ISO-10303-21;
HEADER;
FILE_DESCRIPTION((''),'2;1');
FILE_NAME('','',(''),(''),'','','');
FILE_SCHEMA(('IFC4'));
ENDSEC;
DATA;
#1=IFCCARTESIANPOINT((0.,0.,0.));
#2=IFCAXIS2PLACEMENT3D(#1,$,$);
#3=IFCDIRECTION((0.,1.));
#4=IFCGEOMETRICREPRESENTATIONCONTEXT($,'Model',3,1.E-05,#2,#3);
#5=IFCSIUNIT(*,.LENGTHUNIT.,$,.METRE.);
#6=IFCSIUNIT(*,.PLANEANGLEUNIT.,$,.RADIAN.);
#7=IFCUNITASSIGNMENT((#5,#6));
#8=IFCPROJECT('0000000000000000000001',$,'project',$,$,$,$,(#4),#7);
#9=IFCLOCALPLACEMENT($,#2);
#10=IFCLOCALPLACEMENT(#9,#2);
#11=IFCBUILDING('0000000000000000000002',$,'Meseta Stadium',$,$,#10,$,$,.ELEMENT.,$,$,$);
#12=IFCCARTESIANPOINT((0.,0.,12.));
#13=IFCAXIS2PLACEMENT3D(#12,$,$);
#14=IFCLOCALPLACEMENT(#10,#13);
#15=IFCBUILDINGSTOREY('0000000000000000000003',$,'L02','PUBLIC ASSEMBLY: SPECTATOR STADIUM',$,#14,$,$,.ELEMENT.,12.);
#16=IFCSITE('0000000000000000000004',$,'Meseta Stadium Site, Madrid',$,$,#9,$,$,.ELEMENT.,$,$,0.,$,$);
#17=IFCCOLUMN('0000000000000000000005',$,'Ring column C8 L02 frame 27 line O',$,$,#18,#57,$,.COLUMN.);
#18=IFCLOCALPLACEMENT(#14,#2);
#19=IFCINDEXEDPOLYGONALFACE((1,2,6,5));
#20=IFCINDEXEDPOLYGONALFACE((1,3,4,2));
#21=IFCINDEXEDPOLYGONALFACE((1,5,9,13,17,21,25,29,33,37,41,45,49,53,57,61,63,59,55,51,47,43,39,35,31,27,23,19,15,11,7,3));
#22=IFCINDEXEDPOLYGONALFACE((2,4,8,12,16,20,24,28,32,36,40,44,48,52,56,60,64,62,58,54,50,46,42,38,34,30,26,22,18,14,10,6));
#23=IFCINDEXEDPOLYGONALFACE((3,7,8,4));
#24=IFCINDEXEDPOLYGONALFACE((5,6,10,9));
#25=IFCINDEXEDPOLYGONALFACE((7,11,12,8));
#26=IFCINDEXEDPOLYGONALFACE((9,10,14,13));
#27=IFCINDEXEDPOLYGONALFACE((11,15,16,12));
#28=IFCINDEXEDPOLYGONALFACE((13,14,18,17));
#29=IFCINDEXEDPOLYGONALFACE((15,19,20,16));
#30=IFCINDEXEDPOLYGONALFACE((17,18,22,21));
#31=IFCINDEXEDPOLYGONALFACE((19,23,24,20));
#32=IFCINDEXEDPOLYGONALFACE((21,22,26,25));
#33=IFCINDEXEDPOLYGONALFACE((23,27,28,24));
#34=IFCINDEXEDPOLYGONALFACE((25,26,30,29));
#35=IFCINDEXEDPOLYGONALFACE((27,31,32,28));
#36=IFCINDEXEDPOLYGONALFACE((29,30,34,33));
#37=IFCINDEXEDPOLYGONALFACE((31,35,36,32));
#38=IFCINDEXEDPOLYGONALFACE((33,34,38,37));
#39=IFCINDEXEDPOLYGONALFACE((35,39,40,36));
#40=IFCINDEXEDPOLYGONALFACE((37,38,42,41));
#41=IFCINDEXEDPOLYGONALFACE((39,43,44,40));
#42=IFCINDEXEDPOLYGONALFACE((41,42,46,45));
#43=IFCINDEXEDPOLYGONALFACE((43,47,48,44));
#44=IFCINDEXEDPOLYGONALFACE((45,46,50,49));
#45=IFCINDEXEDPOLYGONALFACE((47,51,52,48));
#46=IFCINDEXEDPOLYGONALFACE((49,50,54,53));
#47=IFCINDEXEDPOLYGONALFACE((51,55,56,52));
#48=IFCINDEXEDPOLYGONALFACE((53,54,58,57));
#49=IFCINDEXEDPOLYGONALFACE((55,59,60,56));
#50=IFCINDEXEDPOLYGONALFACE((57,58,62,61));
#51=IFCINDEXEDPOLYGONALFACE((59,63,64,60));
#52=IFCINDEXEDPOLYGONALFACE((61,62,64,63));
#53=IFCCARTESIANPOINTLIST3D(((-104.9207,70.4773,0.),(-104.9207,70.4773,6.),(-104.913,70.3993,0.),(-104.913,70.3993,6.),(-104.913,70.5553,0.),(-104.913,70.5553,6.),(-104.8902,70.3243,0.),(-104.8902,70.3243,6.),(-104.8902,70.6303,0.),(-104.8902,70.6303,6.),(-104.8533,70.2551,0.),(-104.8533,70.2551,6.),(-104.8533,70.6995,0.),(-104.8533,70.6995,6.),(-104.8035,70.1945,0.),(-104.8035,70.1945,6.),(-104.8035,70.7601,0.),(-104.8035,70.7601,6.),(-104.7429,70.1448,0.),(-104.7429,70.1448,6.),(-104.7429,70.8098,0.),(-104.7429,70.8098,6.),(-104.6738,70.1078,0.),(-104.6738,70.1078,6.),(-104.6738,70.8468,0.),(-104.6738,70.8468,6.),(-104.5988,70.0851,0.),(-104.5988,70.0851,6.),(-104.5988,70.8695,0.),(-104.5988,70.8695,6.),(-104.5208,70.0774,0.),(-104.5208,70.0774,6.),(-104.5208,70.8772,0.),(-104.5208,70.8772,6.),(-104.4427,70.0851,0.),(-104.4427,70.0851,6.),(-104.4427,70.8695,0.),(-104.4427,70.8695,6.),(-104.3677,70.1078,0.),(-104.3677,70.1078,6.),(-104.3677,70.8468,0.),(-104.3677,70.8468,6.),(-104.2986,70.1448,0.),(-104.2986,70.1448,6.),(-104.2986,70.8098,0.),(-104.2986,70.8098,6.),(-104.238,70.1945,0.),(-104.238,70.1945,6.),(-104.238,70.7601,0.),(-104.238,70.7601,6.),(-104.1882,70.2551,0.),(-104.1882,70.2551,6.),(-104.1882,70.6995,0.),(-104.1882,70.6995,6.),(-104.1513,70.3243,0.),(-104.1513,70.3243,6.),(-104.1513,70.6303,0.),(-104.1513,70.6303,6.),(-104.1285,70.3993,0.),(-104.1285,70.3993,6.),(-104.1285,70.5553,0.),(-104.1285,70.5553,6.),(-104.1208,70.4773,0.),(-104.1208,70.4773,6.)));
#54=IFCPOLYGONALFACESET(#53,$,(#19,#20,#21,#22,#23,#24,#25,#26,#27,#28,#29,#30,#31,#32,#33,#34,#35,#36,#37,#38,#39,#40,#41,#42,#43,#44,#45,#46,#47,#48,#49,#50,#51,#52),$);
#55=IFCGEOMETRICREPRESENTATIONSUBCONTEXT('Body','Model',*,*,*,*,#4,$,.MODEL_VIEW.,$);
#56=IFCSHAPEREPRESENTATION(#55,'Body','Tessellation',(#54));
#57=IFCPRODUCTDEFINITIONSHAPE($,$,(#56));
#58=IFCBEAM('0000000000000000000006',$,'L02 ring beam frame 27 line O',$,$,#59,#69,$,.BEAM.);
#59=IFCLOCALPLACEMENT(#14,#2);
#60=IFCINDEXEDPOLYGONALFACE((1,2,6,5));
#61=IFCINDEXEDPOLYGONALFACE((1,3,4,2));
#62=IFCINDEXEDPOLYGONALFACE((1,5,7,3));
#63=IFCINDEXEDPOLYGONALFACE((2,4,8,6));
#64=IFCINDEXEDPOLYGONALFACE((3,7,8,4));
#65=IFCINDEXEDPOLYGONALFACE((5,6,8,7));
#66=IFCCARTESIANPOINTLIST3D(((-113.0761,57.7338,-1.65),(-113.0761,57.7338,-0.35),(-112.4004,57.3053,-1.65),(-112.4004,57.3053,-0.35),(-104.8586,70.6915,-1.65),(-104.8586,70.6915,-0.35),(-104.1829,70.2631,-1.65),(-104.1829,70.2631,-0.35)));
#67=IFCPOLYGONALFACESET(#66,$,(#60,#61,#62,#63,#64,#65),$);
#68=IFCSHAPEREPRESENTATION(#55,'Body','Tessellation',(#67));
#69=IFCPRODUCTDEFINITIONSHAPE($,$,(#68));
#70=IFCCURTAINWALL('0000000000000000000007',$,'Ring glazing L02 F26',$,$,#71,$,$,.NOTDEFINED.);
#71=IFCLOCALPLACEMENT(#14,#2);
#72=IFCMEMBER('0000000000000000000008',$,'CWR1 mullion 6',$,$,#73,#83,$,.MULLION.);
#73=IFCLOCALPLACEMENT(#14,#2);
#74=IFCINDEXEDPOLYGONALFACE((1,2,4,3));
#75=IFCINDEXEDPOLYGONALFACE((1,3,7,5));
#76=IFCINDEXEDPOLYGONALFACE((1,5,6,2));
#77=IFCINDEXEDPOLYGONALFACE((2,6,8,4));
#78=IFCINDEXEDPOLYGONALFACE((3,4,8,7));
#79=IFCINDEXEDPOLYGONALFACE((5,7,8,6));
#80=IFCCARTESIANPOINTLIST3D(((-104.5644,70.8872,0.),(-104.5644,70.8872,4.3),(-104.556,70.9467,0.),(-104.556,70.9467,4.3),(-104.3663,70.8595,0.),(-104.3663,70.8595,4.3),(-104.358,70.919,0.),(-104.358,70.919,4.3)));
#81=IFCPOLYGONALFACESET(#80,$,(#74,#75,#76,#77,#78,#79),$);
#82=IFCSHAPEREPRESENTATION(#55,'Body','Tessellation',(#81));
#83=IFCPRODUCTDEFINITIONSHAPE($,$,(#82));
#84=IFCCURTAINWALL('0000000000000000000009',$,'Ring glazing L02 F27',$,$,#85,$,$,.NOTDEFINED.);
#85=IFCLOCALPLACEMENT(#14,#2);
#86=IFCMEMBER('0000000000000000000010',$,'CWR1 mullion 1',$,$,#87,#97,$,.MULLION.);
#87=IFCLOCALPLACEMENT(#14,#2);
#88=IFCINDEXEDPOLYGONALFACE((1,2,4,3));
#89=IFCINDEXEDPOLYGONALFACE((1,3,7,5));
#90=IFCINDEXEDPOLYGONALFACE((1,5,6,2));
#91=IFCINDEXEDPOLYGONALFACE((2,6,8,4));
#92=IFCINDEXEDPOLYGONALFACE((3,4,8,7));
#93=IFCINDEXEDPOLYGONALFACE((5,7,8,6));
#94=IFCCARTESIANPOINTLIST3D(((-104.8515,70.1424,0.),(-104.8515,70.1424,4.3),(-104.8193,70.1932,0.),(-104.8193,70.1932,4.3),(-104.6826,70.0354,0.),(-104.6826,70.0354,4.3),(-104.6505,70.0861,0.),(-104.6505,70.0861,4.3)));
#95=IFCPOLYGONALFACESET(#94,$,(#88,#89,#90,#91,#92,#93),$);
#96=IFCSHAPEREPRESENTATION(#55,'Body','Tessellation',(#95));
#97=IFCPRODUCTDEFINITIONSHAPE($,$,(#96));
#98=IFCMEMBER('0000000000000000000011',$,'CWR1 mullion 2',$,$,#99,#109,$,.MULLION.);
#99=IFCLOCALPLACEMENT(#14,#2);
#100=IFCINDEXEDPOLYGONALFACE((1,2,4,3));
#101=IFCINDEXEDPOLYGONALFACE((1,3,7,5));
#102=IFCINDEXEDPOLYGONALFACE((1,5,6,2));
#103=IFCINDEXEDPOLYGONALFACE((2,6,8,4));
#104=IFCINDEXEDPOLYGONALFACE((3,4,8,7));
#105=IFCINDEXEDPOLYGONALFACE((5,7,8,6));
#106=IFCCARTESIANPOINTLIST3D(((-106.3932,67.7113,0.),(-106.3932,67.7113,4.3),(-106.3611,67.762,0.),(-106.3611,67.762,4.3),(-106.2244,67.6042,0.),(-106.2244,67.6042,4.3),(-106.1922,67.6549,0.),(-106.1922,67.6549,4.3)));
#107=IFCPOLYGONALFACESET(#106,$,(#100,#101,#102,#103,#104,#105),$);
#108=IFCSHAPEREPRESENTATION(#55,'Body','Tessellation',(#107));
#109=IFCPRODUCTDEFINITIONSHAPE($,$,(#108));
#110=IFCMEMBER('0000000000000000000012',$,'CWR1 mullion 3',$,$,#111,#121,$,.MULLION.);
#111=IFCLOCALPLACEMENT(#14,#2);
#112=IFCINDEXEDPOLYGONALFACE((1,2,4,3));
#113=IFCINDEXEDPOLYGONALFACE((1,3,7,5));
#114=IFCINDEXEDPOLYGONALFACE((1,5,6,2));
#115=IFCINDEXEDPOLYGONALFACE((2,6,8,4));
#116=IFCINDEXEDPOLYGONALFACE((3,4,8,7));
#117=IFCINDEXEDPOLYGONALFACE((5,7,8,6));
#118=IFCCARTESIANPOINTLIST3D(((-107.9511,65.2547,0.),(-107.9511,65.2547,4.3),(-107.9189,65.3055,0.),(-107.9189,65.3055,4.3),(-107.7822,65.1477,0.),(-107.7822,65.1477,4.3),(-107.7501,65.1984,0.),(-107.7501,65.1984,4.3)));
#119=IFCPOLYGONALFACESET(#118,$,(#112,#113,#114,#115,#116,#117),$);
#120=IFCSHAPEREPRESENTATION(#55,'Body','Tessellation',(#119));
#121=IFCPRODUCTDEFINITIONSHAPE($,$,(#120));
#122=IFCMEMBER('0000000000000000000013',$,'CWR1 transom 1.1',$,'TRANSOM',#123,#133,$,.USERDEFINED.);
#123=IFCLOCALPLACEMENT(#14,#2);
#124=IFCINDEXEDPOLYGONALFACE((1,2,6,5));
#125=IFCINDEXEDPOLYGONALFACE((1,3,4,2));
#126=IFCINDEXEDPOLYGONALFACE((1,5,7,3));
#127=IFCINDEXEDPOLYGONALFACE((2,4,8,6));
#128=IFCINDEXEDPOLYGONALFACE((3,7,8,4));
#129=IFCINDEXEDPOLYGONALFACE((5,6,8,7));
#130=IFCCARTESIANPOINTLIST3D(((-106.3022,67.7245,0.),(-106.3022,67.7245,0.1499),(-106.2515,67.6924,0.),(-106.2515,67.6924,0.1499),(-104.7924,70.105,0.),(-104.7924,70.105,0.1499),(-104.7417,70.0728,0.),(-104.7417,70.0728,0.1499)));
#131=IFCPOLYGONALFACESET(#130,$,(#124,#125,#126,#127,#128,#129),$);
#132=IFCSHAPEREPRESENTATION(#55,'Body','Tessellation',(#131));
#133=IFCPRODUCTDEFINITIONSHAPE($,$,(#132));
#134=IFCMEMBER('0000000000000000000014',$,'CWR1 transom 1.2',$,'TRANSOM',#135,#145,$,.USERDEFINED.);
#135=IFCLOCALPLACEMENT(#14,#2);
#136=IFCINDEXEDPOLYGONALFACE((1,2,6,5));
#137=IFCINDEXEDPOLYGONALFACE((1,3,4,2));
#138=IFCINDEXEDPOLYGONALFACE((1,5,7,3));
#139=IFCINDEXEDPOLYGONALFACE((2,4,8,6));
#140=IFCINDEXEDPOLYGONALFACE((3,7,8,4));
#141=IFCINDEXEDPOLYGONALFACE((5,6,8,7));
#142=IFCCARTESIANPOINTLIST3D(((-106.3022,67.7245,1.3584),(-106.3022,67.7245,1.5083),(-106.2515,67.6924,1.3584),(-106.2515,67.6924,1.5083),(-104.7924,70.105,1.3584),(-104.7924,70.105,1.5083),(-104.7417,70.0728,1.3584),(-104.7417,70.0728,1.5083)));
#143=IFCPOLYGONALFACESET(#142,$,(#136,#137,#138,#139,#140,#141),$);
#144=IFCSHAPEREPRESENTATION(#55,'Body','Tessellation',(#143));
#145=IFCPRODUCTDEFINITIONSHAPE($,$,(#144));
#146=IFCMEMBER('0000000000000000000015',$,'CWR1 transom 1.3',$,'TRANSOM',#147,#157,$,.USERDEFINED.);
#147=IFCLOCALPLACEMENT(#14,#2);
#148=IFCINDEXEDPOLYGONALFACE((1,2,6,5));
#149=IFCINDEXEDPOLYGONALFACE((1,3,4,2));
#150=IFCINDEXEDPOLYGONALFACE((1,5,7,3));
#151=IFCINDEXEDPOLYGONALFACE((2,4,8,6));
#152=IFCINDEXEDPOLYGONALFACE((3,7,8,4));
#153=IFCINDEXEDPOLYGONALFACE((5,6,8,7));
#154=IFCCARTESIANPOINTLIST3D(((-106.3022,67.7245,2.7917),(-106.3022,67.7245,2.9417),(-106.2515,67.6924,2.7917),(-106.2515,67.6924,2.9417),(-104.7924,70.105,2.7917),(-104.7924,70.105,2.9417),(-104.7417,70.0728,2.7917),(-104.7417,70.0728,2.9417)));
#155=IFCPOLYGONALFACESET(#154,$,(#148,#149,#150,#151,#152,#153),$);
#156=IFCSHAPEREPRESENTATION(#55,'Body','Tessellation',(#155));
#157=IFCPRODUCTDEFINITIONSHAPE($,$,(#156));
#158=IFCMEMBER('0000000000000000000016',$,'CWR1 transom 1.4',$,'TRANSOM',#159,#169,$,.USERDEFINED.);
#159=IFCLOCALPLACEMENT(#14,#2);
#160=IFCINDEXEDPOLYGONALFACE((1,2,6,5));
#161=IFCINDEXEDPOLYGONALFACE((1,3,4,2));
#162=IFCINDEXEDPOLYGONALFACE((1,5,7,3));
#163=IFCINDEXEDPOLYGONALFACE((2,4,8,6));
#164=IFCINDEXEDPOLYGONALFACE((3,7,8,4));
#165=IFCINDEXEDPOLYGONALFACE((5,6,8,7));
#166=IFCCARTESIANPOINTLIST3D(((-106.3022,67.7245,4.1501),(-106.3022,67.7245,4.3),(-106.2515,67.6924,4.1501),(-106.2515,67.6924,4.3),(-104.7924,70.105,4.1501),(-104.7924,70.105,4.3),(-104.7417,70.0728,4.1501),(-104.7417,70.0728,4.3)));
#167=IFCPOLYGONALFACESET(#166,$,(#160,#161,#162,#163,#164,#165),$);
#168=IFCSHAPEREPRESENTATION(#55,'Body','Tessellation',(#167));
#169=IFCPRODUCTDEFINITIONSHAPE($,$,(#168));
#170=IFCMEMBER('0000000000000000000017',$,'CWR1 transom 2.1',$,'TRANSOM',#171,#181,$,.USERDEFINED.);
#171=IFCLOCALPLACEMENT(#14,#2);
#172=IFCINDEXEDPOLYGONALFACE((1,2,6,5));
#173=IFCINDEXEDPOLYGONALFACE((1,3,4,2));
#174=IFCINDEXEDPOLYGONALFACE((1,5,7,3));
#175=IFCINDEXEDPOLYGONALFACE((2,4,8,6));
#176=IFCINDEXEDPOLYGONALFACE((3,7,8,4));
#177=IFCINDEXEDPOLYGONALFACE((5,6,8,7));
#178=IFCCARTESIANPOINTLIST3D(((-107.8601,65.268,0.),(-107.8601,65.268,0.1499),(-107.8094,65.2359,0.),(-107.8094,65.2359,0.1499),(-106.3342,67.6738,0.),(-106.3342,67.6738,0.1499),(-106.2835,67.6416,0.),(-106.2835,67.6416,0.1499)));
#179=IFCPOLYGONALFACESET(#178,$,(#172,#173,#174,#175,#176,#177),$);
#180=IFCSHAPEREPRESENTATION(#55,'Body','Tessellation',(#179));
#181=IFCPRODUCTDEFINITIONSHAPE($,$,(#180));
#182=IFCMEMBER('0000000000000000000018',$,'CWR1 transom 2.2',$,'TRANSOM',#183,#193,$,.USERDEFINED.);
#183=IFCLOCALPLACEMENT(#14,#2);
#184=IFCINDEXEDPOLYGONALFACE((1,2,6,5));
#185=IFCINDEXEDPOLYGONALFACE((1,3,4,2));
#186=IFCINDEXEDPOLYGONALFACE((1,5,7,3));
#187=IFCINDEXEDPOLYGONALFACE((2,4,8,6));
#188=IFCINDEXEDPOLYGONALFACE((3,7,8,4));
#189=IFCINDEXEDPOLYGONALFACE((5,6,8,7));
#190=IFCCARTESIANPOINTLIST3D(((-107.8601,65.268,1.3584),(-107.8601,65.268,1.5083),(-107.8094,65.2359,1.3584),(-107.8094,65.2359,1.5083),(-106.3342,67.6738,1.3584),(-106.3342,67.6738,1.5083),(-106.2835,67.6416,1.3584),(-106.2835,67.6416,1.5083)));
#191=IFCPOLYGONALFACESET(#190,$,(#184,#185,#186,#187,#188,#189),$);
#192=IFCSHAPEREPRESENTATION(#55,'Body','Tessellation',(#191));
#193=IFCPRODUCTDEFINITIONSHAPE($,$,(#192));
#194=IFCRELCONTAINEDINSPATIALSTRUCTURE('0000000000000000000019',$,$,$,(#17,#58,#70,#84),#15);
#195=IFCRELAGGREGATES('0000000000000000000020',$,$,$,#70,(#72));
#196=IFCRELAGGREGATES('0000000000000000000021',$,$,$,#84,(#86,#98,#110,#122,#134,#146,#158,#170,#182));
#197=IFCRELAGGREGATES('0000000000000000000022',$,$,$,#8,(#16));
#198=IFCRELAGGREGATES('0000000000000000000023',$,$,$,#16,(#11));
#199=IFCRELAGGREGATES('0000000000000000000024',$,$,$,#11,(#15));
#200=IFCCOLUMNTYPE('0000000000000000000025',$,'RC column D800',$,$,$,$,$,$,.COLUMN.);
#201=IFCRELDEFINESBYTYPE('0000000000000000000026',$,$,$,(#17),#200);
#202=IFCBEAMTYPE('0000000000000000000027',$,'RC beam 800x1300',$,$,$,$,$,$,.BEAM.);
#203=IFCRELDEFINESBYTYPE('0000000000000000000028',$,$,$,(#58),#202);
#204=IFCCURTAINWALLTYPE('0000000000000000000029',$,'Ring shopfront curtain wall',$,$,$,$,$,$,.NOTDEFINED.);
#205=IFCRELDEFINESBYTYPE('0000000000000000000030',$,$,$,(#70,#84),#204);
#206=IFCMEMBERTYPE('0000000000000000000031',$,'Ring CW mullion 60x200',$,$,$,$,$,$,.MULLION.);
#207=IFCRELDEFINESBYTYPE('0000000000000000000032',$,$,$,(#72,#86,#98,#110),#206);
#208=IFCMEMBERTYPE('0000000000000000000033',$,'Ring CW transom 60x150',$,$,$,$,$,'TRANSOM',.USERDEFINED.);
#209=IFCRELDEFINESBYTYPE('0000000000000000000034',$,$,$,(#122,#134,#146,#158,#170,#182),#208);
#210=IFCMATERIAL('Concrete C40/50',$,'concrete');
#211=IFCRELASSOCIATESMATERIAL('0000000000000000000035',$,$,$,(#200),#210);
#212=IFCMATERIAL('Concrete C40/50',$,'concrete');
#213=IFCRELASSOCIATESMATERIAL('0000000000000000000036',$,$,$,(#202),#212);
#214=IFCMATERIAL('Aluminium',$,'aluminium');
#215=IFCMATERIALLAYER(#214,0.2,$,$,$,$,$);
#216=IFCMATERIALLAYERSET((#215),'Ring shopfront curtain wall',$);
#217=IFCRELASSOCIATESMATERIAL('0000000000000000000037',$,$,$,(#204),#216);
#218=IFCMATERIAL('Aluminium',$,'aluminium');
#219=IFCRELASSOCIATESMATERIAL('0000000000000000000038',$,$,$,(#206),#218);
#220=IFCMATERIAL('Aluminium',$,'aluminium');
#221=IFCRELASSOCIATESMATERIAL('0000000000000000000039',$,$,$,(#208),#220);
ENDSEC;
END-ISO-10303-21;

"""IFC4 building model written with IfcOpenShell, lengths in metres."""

from ifc_helpers import new_model, si_unit, direction, frame, origin, origin_2d, place, context, subcontext, project, spatial, rectangle, circle, extrude, material, layer, layer_set, material_profile, profile_set, type_object, element, aggregate, save


model = new_model("IFC4")

# Units and contexts
model_context = context("Model", 3, precision=1e-05, world=origin(), true_north=direction((0.0, 1.0)))
body_context = subcontext(model_context, "Body", "Model", "MODEL_VIEW")
ifc_project = project(units=[si_unit("LENGTHUNIT", "METRE"), si_unit("PLANEANGLEUNIT", "RADIAN")], contexts=[model_context])

# Site, building, storey
site_placement = place(None, origin())
site = spatial("IfcSite", under=ifc_project, at=site_placement, Name="Meseta Stadium Site, Madrid", CompositionType="ELEMENT", RefElevation=0.0)
building_placement = place(site_placement, origin())
building = spatial("IfcBuilding", under=site, at=building_placement, Name="Meseta Stadium", CompositionType="ELEMENT")
storey_placement = place(building_placement, frame((0.0, 0.0, 12.0)))
storey = spatial("IfcBuildingStorey", under=building, at=storey_placement, Name="L02", Description="PUBLIC ASSEMBLY: SPECTATOR STADIUM", CompositionType="ELEMENT", Elevation=12.0)

# Column
ifc_material_1 = material(Name="Concrete C40/50", Category="concrete")
ifc_material_profile_1 = material_profile(ifc_material_1, circle(Radius=0.3999, at=origin_2d()), Name="RC D800")
ifc_profile_set_1 = profile_set([ifc_material_profile_1], Name="Concrete C40/50")
column_type = type_object("IfcColumnType", Name="RC column D800", PredefinedType="COLUMN", material=ifc_profile_set_1)
column_placement = place(storey_placement, frame((-104.5208, 70.4773, 0.0), z_axis=(0.0, 0.0, 1.0), x_axis=(1.0, 0.0, 0.0)))
element("IfcColumn", 1, at=column_placement, inside=storey, type_object=column_type, Name="Ring column C8 L02 frame 27 line O", PredefinedType="COLUMN", context=body_context, shape_type="SweptSolid", body=[
    extrude(circle(Radius=0.3999, at=origin_2d()), origin(), (0.0, 0.0, 1.0), 6.0),
])

# Beam
ifc_material_2 = material(Name="Concrete C40/50", Category="concrete")
ifc_material_profile_2 = material_profile(ifc_material_2, rectangle(XDim=0.8, YDim=1.3, at=origin_2d()), Name="RC 800x1300")
ifc_profile_set_2 = profile_set([ifc_material_profile_2], Name="Concrete C40/50")
beam_type = type_object("IfcBeamType", Name="RC beam 800x1300", PredefinedType="BEAM", material=ifc_profile_set_2)
beam_placement = place(storey_placement, frame((-104.5208, 70.4773, -1.0), z_axis=(-0.535561, -0.844496, 0.0), x_axis=(0.844496, -0.535561, 0.0)))
element("IfcBeam", 2, at=beam_placement, inside=storey, type_object=beam_type, Name="L02 ring beam frame 27 line O", PredefinedType="BEAM", context=body_context, shape_type="SweptSolid", body=[
    extrude(rectangle(XDim=0.8, YDim=1.3, at=origin_2d()), origin(), (0.0, 0.0, 1.0), 15.3438),
])

# Curtain wall, member
ifc_material_3 = material(Name="Aluminium", Category="aluminium")
ifc_layer_1 = layer(ifc_material_3, 0.2)
ifc_layer_set_1 = layer_set([ifc_layer_1], Name="Ring shopfront curtain wall")
curtain_wall_type = type_object("IfcCurtainWallType", Name="Ring shopfront curtain wall", PredefinedType="NOTDEFINED", material=ifc_layer_set_1)
curtain_wall_1_placement = place(storey_placement, origin())
curtain_wall_1 = element("IfcCurtainWall", 3, at=curtain_wall_1_placement, inside=storey, type_object=curtain_wall_type, Name="Ring glazing L02 F26", PredefinedType="NOTDEFINED")
ifc_material_4 = material(Name="Aluminium", Category="aluminium")
ifc_material_profile_3 = material_profile(ifc_material_4, rectangle(XDim=0.2, YDim=0.0601, at=origin_2d()), Name="CW 200x60")
ifc_profile_set_3 = profile_set([ifc_material_profile_3], Name="Aluminium")
member_type_1 = type_object("IfcMemberType", Name="Ring CW mullion 60x200", PredefinedType="MULLION", material=ifc_profile_set_3)
member_1_placement = place(storey_placement, frame((-104.4612, 70.9031, 0.0), z_axis=(0.0, 0.0, 1.0), x_axis=(0.990342, -0.138643, 0.0)))
member_1 = element("IfcMember", 4, at=member_1_placement, type_object=member_type_1, Name="CWR1 mullion 6", PredefinedType="MULLION", context=body_context, shape_type="SweptSolid", body=[
    extrude(rectangle(XDim=0.2, YDim=0.0601, at=origin_2d()), origin(), (0.0, 0.0, 1.0), 4.3),
])

# Curtain wall, members
curtain_wall_2_placement = place(storey_placement, origin())
curtain_wall_2 = element("IfcCurtainWall", 5, at=curtain_wall_2_placement, inside=storey, type_object=curtain_wall_type, Name="Ring glazing L02 F27", PredefinedType="NOTDEFINED")
member_2_placement = place(storey_placement, frame((-104.751, 70.1143, 0.0), z_axis=(0.0, 0.0, 1.0), x_axis=(0.844491, -0.535569, 0.0)))
member_2 = element("IfcMember", 6, at=member_2_placement, type_object=member_type_1, Name="CWR1 mullion 1", PredefinedType="MULLION", context=body_context, shape_type="SweptSolid", body=[
    extrude(rectangle(XDim=0.2, YDim=0.0601, at=origin_2d()), origin(), (0.0, 0.0, 1.0), 4.3),
])
member_3_placement = place(storey_placement, frame((-106.2927, 67.6831, 0.0), z_axis=(0.0, 0.0, 1.0), x_axis=(0.844491, -0.535569, 0.0)))
member_3 = element("IfcMember", 7, at=member_3_placement, type_object=member_type_1, Name="CWR1 mullion 2", PredefinedType="MULLION", context=body_context, shape_type="SweptSolid", body=[
    extrude(rectangle(XDim=0.2, YDim=0.0601, at=origin_2d()), origin(), (0.0, 0.0, 1.0), 4.3),
])
member_4_placement = place(storey_placement, frame((-107.8506, 65.2266, 0.0), z_axis=(0.0, 0.0, 1.0), x_axis=(0.844491, -0.535569, 0.0)))
member_4 = element("IfcMember", 8, at=member_4_placement, type_object=member_type_1, Name="CWR1 mullion 3", PredefinedType="MULLION", context=body_context, shape_type="SweptSolid", body=[
    extrude(rectangle(XDim=0.2, YDim=0.0601, at=origin_2d()), origin(), (0.0, 0.0, 1.0), 4.3),
])
ifc_material_5 = material(Name="Aluminium", Category="aluminium")
ifc_material_profile_4 = material_profile(ifc_material_5, rectangle(XDim=0.0601, YDim=0.1499, at=origin_2d()), Name="CW 60x150")
ifc_profile_set_4 = profile_set([ifc_material_profile_4], Name="Aluminium")
member_type_2 = type_object("IfcMemberType", Name="Ring CW transom 60x150", ElementType="TRANSOM", PredefinedType="USERDEFINED", material=ifc_profile_set_4)
member_5_placement = place(storey_placement, frame((-104.7671, 70.0889, 0.075), z_axis=(-0.535608, -0.844467, 0.0), x_axis=(0.844467, -0.535608, 0.0)))
member_5 = element("IfcMember", 9, at=member_5_placement, type_object=member_type_2, Name="CWR1 transom 1.1", ObjectType="TRANSOM", PredefinedType="USERDEFINED", context=body_context, shape_type="SweptSolid", body=[
    extrude(rectangle(XDim=0.0601, YDim=0.1499, at=origin_2d()), origin(), (0.0, 0.0, 1.0), 2.8188),
])
member_6_placement = place(storey_placement, frame((-104.7671, 70.0889, 1.4333), z_axis=(-0.535608, -0.844467, 0.0), x_axis=(0.844467, -0.535608, 0.0)))
member_6 = element("IfcMember", 10, at=member_6_placement, type_object=member_type_2, Name="CWR1 transom 1.2", ObjectType="TRANSOM", PredefinedType="USERDEFINED", context=body_context, shape_type="SweptSolid", body=[
    extrude(rectangle(XDim=0.0601, YDim=0.1499, at=origin_2d()), origin(), (0.0, 0.0, 1.0), 2.8188),
])
member_7_placement = place(storey_placement, frame((-104.7671, 70.0889, 2.8667), z_axis=(-0.535608, -0.844467, 0.0), x_axis=(0.844467, -0.535608, 0.0)))
member_7 = element("IfcMember", 11, at=member_7_placement, type_object=member_type_2, Name="CWR1 transom 1.3", ObjectType="TRANSOM", PredefinedType="USERDEFINED", context=body_context, shape_type="SweptSolid", body=[
    extrude(rectangle(XDim=0.0601, YDim=0.1499, at=origin_2d()), origin(), (0.0, 0.0, 1.0), 2.8188),
])
member_8_placement = place(storey_placement, frame((-104.7671, 70.0889, 4.2251), z_axis=(-0.535608, -0.844467, 0.0), x_axis=(0.844467, -0.535608, 0.0)))
member_8 = element("IfcMember", 12, at=member_8_placement, type_object=member_type_2, Name="CWR1 transom 1.4", ObjectType="TRANSOM", PredefinedType="USERDEFINED", context=body_context, shape_type="SweptSolid", body=[
    extrude(rectangle(XDim=0.0601, YDim=0.1499, at=origin_2d()), origin(), (0.0, 0.0, 1.0), 2.8188),
])
member_9_placement = place(storey_placement, frame((-106.3088, 67.6577, 0.075), z_axis=(-0.535611, -0.844465, 0.0), x_axis=(0.844465, -0.535611, 0.0)))
member_9 = element("IfcMember", 13, at=member_9_placement, type_object=member_type_2, Name="CWR1 transom 2.1", ObjectType="TRANSOM", PredefinedType="USERDEFINED", context=body_context, shape_type="SweptSolid", body=[
    extrude(rectangle(XDim=0.0601, YDim=0.1499, at=origin_2d()), origin(), (0.0, 0.0, 1.0), 2.8489),
])
member_10_placement = place(storey_placement, frame((-106.3088, 67.6577, 1.4333), z_axis=(-0.535611, -0.844465, 0.0), x_axis=(0.844465, -0.535611, 0.0)))
member_10 = element("IfcMember", 14, at=member_10_placement, type_object=member_type_2, Name="CWR1 transom 2.2", ObjectType="TRANSOM", PredefinedType="USERDEFINED", context=body_context, shape_type="SweptSolid", body=[
    extrude(rectangle(XDim=0.0601, YDim=0.1499, at=origin_2d()), origin(), (0.0, 0.0, 1.0), 2.8489),
])

aggregate(curtain_wall_1, [member_1])
aggregate(curtain_wall_2, [member_2, member_3, member_4, member_5, member_6, member_7, member_8, member_9, member_10])

save(model, "model.ifc")
